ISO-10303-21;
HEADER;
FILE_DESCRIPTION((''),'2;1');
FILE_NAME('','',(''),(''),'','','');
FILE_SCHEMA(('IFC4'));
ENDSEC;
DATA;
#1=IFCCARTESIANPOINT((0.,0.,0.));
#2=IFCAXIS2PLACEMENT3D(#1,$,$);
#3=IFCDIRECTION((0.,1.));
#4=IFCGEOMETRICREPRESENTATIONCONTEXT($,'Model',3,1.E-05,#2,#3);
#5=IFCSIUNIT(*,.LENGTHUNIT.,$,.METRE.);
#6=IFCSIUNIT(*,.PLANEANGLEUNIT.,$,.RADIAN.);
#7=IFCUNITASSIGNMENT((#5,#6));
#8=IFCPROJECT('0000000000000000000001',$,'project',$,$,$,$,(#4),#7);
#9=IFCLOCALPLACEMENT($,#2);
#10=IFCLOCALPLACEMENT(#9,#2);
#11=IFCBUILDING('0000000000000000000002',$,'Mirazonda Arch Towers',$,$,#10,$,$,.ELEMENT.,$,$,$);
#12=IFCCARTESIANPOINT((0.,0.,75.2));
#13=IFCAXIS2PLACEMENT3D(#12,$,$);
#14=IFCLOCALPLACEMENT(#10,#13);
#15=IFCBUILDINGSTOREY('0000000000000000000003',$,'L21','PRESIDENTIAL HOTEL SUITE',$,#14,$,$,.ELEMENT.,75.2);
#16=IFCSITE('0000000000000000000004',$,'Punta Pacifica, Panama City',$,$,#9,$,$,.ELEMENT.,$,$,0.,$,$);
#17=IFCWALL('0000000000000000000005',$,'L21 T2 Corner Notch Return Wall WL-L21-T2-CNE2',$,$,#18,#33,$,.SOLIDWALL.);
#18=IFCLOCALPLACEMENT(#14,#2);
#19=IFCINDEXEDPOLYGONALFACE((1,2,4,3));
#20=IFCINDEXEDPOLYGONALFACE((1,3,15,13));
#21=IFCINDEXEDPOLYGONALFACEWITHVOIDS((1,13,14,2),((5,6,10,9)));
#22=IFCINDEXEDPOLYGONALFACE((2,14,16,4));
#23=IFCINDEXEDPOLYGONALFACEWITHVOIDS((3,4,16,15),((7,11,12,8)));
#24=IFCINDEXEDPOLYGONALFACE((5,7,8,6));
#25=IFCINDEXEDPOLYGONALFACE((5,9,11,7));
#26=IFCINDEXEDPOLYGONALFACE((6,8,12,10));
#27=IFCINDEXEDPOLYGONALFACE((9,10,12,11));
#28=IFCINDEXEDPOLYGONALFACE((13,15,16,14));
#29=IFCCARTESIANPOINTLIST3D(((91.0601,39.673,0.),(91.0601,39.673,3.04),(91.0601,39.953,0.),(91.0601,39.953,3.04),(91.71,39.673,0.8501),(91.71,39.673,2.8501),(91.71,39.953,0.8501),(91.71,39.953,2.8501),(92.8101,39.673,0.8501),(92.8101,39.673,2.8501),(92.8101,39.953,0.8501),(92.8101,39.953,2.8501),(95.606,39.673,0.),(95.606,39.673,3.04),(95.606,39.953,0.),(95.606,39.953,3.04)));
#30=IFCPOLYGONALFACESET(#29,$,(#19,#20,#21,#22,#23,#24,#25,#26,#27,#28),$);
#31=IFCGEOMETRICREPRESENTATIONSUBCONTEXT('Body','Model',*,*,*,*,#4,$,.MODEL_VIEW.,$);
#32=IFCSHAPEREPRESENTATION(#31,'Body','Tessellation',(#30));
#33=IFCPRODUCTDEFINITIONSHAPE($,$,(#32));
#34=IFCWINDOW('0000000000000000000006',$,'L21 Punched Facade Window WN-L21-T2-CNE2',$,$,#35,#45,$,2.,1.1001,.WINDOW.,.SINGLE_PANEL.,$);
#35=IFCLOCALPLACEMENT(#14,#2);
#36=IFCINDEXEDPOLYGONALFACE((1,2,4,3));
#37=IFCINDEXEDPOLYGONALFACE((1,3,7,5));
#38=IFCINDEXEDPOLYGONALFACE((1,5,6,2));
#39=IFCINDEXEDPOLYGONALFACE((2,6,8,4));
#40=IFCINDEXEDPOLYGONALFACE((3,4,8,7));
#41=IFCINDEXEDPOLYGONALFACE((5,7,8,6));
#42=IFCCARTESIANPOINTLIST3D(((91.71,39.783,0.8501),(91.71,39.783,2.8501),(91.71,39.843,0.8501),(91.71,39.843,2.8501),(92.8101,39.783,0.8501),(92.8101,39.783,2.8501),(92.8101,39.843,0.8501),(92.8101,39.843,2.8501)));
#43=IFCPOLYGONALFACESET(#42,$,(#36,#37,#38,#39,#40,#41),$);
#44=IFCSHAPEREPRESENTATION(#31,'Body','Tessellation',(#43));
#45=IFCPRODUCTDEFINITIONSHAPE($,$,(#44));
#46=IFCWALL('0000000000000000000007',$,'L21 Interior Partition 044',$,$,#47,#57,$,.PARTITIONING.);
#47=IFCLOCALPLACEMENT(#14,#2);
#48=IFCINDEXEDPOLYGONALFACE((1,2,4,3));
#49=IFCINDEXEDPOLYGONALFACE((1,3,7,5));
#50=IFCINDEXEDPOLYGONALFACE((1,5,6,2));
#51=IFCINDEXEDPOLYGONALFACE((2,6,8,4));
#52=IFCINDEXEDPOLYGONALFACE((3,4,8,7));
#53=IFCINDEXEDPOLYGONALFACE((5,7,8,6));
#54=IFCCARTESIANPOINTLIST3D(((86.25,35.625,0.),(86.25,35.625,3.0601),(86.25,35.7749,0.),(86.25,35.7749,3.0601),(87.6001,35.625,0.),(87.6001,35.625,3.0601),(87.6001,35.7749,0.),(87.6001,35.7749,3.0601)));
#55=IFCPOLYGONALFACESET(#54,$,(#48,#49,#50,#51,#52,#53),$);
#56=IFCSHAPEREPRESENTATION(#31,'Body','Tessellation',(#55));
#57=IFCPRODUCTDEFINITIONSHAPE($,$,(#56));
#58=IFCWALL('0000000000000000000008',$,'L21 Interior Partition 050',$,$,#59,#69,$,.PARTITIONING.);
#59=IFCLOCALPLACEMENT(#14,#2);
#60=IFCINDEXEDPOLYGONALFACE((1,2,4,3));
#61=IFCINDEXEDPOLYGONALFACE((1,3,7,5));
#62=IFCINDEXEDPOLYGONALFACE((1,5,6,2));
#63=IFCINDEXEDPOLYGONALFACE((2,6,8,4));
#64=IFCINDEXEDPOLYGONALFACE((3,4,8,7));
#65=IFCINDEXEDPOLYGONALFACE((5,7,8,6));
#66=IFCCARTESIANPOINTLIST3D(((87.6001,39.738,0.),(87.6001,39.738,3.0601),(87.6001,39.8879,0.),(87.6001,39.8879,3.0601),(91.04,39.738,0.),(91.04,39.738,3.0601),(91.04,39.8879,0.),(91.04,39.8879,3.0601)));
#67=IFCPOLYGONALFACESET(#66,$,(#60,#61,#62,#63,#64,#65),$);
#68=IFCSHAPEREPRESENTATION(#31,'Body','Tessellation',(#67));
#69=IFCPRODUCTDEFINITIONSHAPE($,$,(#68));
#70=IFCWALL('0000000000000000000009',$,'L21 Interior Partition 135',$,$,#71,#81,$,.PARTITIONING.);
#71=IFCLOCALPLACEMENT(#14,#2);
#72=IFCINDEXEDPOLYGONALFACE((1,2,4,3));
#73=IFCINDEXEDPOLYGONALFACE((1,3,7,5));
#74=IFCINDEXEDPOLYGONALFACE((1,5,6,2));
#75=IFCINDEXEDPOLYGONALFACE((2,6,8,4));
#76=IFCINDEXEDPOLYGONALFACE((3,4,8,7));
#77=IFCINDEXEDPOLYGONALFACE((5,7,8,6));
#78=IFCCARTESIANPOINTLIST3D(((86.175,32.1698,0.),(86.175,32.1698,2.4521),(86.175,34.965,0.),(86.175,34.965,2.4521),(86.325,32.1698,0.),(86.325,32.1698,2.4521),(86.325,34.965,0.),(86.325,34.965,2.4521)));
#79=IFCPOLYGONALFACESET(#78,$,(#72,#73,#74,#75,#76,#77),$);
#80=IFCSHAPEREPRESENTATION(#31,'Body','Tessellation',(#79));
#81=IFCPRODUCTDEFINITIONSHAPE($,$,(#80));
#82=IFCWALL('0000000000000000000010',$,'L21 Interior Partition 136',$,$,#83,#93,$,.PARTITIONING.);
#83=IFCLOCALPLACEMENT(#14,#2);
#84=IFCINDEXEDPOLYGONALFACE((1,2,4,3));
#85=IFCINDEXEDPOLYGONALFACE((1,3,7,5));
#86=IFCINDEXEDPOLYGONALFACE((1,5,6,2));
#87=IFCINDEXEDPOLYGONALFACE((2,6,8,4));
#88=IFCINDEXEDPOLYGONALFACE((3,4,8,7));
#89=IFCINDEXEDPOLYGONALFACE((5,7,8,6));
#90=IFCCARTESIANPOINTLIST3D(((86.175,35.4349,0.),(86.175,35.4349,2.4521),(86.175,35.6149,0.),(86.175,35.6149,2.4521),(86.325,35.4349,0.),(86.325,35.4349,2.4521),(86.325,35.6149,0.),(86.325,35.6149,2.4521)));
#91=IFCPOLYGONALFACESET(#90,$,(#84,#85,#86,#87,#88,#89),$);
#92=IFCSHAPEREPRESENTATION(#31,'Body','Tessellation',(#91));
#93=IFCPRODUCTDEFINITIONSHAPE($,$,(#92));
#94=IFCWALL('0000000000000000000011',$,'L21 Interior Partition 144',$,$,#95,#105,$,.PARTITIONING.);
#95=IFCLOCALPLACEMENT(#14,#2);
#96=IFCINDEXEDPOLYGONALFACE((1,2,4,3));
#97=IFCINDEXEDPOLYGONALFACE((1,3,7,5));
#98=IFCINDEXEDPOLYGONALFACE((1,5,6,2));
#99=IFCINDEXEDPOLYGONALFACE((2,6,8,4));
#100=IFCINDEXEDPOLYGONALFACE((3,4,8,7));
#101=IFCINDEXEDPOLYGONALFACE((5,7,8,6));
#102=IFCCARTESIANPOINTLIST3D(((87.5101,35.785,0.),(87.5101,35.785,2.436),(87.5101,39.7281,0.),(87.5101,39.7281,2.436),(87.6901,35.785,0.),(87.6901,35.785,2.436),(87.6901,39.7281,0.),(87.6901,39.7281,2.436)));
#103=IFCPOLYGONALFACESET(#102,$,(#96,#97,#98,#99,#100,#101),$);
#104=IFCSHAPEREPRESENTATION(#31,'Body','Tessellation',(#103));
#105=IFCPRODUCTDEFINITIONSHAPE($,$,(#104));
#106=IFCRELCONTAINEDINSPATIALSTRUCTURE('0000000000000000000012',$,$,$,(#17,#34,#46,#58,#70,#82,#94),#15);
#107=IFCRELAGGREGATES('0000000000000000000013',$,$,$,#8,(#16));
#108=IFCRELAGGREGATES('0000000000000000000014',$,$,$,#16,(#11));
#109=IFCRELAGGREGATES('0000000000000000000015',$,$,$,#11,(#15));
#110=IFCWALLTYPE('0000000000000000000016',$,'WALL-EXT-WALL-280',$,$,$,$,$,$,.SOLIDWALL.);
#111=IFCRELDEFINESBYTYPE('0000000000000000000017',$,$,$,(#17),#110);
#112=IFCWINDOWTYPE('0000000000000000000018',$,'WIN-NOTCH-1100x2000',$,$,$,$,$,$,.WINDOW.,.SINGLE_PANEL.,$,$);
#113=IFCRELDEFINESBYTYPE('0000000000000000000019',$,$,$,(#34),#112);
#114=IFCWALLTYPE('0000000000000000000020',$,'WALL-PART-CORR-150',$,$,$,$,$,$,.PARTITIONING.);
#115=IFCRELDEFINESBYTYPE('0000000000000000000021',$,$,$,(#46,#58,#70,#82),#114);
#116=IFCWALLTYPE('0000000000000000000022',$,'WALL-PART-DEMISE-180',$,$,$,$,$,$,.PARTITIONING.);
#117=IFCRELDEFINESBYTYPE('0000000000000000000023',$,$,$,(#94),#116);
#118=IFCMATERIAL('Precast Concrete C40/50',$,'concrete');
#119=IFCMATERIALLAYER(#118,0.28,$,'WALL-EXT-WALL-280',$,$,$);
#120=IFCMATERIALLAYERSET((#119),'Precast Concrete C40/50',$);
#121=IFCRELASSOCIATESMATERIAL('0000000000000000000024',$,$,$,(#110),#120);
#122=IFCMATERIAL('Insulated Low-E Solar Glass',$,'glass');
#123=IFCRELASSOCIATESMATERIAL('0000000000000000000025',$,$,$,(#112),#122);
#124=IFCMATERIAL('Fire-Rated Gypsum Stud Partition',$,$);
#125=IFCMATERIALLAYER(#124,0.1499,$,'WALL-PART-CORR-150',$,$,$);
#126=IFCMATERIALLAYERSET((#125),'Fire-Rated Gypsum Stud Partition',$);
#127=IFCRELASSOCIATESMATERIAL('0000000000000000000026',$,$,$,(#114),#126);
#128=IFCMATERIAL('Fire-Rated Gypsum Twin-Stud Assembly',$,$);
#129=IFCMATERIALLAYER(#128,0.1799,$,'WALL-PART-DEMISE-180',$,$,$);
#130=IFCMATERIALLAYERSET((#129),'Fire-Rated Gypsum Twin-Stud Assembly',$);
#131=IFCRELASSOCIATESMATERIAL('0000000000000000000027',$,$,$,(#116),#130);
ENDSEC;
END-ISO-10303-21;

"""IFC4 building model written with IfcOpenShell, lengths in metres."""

from ifc_helpers import new_model, si_unit, direction, frame, frame_2d, origin, place, context, subcontext, project, spatial, rectangle, extrude, material, layer, layer_set, type_object, element, fill, save


model = new_model("IFC4")

# Units and contexts
model_context = context("Model", 3, precision=1e-05, world=origin(), true_north=direction((0.0, 1.0)))
body_context = subcontext(model_context, "Body", "Model", "MODEL_VIEW")
ifc_project = project(units=[si_unit("LENGTHUNIT", "METRE"), si_unit("PLANEANGLEUNIT", "RADIAN")], contexts=[model_context])

# Site, building, storey
site_placement = place(None, origin())
site = spatial("IfcSite", under=ifc_project, at=site_placement, Name="Punta Pacifica, Panama City", CompositionType="ELEMENT", RefElevation=0.0)
building_placement = place(site_placement, origin())
building = spatial("IfcBuilding", under=site, at=building_placement, Name="Mirazonda Arch Towers", CompositionType="ELEMENT")
storey_placement = place(building_placement, frame((0.0, 0.0, 75.2)))
storey = spatial("IfcBuildingStorey", under=building, at=storey_placement, Name="L21", Description="PRESIDENTIAL HOTEL SUITE", CompositionType="ELEMENT", Elevation=75.2)

# Shared definitions
ifc_material_1 = material(Name="Insulated Low-E Solar Glass", Category="glass")

# Wall, opening, window
ifc_material_2 = material(Name="Precast Concrete C40/50", Category="concrete")
ifc_layer_1 = layer(ifc_material_2, 0.28, Name="WALL-EXT-WALL-280")
ifc_layer_set_1 = layer_set([ifc_layer_1], Name="Precast Concrete C40/50")
wall_type_1 = type_object("IfcWallType", Name="WALL-EXT-WALL-280", PredefinedType="SOLIDWALL", material=ifc_layer_set_1)
window_type = type_object("IfcWindowType", Name="WIN-NOTCH-1100x2000", PartitioningType="SINGLE_PANEL", PredefinedType="WINDOW", material=ifc_material_1)
wall_1_placement = place(storey_placement, frame((95.606, 39.813, 0.0), z_axis=(0.0, 0.0, 1.0), x_axis=(-1.0, 0.0, 0.0)))
wall_1 = element("IfcWall", 1, at=wall_1_placement, inside=storey, type_object=wall_type_1, Name="L21 T2 Corner Notch Return Wall WL-L21-T2-CNE2", PredefinedType="SOLIDWALL", context=body_context, shape_type="SweptSolid", body=[
    extrude(rectangle(XDim=4.5459, YDim=0.28, at=frame_2d((2.2729, 0.0))), origin(), (0.0, 0.0, 1.0), 3.04),
])
opening_1_placement = place(wall_1_placement, frame((2.7959, 0.0, 0.8501)))
opening_1 = element("IfcOpeningElement", 2, at=opening_1_placement, cuts=wall_1, PredefinedType="OPENING", context=body_context, shape_type="SweptSolid", body=[
    extrude(rectangle(XDim=1.1001, YDim=2.0, at=frame_2d((0.55, 1.0))), frame((0.0, 0.1499, 0.0), z_axis=(0.0, -1.0, 0.0), x_axis=(1.0, 0.0, 0.0)), (0.0, 0.0, 1.0), 0.3),
])
window_1_placement = place(opening_1_placement, origin())
window_1 = element("IfcWindow", 3, at=window_1_placement, inside=storey, type_object=window_type, Name="L21 Punched Facade Window WN-L21-T2-CNE2", OverallHeight=2.0, OverallWidth=1.1001, PartitioningType="SINGLE_PANEL", PredefinedType="WINDOW", context=body_context, shape_type="SweptSolid", body=[
    extrude(rectangle(XDim=1.1001, YDim=2.0, at=frame_2d((0.55, 1.0))), frame((0.0, 0.03, 0.0), z_axis=(0.0, -1.0, 0.0), x_axis=(1.0, 0.0, 0.0)), (0.0, 0.0, 1.0), 0.0601),
])
fill(opening_1, window_1)

# Walls
ifc_material_3 = material(Name="Fire-Rated Gypsum Stud Partition")
ifc_layer_2 = layer(ifc_material_3, 0.1499, Name="WALL-PART-CORR-150")
ifc_layer_set_2 = layer_set([ifc_layer_2], Name="Fire-Rated Gypsum Stud Partition")
wall_type_2 = type_object("IfcWallType", Name="WALL-PART-CORR-150", PredefinedType="PARTITIONING", material=ifc_layer_set_2)
wall_2_placement = place(storey_placement, frame((86.25, 35.7, 0.0), z_axis=(0.0, 0.0, 1.0), x_axis=(1.0, 0.0, 0.0)))
element("IfcWall", 4, at=wall_2_placement, inside=storey, type_object=wall_type_2, Name="L21 Interior Partition 044", PredefinedType="PARTITIONING", context=body_context, shape_type="SweptSolid", body=[
    extrude(rectangle(XDim=1.3501, YDim=0.1499, at=frame_2d((0.675, 0.0))), origin(), (0.0, 0.0, 1.0), 3.0601),
])
wall_3_placement = place(storey_placement, frame((87.6001, 39.813, 0.0), z_axis=(0.0, 0.0, 1.0), x_axis=(1.0, 0.0, 0.0)))
element("IfcWall", 5, at=wall_3_placement, inside=storey, type_object=wall_type_2, Name="L21 Interior Partition 050", PredefinedType="PARTITIONING", context=body_context, shape_type="SweptSolid", body=[
    extrude(rectangle(XDim=3.4399, YDim=0.1499, at=frame_2d((1.72, 0.0))), origin(), (0.0, 0.0, 1.0), 3.0601),
])
wall_4_placement = place(storey_placement, frame((86.25, 32.1699, 0.0), z_axis=(0.0, 0.0, 1.0), x_axis=(0.0, 1.0, 0.0)))
element("IfcWall", 6, at=wall_4_placement, inside=storey, type_object=wall_type_2, Name="L21 Interior Partition 135", PredefinedType="PARTITIONING", context=body_context, shape_type="SweptSolid", body=[
    extrude(rectangle(XDim=2.7952, YDim=0.1499, at=frame_2d((1.3975, 0.0))), origin(), (0.0, 0.0, 1.0), 2.4521),
])
wall_5_placement = place(storey_placement, frame((86.25, 35.4351, 0.0), z_axis=(0.0, 0.0, 1.0), x_axis=(0.0, 1.0, 0.0)))
element("IfcWall", 7, at=wall_5_placement, inside=storey, type_object=wall_type_2, Name="L21 Interior Partition 136", PredefinedType="PARTITIONING", context=body_context, shape_type="SweptSolid", body=[
    extrude(rectangle(XDim=0.1799, YDim=0.1499, at=frame_2d((0.0898, 0.0))), origin(), (0.0, 0.0, 1.0), 2.4521),
])
ifc_material_4 = material(Name="Fire-Rated Gypsum Twin-Stud Assembly")
ifc_layer_3 = layer(ifc_material_4, 0.1799, Name="WALL-PART-DEMISE-180")
ifc_layer_set_3 = layer_set([ifc_layer_3], Name="Fire-Rated Gypsum Twin-Stud Assembly")
wall_type_3 = type_object("IfcWallType", Name="WALL-PART-DEMISE-180", PredefinedType="PARTITIONING", material=ifc_layer_set_3)
wall_6_placement = place(storey_placement, frame((87.6001, 35.7849, 0.0), z_axis=(0.0, 0.0, 1.0), x_axis=(0.0, 1.0, 0.0)))
element("IfcWall", 8, at=wall_6_placement, inside=storey, type_object=wall_type_3, Name="L21 Interior Partition 144", PredefinedType="PARTITIONING", context=body_context, shape_type="SweptSolid", body=[
    extrude(rectangle(XDim=3.9431, YDim=0.1799, at=frame_2d((1.9717, 0.0))), origin(), (0.0, 0.0, 1.0), 2.436),
])

save(model, "model.ifc")
